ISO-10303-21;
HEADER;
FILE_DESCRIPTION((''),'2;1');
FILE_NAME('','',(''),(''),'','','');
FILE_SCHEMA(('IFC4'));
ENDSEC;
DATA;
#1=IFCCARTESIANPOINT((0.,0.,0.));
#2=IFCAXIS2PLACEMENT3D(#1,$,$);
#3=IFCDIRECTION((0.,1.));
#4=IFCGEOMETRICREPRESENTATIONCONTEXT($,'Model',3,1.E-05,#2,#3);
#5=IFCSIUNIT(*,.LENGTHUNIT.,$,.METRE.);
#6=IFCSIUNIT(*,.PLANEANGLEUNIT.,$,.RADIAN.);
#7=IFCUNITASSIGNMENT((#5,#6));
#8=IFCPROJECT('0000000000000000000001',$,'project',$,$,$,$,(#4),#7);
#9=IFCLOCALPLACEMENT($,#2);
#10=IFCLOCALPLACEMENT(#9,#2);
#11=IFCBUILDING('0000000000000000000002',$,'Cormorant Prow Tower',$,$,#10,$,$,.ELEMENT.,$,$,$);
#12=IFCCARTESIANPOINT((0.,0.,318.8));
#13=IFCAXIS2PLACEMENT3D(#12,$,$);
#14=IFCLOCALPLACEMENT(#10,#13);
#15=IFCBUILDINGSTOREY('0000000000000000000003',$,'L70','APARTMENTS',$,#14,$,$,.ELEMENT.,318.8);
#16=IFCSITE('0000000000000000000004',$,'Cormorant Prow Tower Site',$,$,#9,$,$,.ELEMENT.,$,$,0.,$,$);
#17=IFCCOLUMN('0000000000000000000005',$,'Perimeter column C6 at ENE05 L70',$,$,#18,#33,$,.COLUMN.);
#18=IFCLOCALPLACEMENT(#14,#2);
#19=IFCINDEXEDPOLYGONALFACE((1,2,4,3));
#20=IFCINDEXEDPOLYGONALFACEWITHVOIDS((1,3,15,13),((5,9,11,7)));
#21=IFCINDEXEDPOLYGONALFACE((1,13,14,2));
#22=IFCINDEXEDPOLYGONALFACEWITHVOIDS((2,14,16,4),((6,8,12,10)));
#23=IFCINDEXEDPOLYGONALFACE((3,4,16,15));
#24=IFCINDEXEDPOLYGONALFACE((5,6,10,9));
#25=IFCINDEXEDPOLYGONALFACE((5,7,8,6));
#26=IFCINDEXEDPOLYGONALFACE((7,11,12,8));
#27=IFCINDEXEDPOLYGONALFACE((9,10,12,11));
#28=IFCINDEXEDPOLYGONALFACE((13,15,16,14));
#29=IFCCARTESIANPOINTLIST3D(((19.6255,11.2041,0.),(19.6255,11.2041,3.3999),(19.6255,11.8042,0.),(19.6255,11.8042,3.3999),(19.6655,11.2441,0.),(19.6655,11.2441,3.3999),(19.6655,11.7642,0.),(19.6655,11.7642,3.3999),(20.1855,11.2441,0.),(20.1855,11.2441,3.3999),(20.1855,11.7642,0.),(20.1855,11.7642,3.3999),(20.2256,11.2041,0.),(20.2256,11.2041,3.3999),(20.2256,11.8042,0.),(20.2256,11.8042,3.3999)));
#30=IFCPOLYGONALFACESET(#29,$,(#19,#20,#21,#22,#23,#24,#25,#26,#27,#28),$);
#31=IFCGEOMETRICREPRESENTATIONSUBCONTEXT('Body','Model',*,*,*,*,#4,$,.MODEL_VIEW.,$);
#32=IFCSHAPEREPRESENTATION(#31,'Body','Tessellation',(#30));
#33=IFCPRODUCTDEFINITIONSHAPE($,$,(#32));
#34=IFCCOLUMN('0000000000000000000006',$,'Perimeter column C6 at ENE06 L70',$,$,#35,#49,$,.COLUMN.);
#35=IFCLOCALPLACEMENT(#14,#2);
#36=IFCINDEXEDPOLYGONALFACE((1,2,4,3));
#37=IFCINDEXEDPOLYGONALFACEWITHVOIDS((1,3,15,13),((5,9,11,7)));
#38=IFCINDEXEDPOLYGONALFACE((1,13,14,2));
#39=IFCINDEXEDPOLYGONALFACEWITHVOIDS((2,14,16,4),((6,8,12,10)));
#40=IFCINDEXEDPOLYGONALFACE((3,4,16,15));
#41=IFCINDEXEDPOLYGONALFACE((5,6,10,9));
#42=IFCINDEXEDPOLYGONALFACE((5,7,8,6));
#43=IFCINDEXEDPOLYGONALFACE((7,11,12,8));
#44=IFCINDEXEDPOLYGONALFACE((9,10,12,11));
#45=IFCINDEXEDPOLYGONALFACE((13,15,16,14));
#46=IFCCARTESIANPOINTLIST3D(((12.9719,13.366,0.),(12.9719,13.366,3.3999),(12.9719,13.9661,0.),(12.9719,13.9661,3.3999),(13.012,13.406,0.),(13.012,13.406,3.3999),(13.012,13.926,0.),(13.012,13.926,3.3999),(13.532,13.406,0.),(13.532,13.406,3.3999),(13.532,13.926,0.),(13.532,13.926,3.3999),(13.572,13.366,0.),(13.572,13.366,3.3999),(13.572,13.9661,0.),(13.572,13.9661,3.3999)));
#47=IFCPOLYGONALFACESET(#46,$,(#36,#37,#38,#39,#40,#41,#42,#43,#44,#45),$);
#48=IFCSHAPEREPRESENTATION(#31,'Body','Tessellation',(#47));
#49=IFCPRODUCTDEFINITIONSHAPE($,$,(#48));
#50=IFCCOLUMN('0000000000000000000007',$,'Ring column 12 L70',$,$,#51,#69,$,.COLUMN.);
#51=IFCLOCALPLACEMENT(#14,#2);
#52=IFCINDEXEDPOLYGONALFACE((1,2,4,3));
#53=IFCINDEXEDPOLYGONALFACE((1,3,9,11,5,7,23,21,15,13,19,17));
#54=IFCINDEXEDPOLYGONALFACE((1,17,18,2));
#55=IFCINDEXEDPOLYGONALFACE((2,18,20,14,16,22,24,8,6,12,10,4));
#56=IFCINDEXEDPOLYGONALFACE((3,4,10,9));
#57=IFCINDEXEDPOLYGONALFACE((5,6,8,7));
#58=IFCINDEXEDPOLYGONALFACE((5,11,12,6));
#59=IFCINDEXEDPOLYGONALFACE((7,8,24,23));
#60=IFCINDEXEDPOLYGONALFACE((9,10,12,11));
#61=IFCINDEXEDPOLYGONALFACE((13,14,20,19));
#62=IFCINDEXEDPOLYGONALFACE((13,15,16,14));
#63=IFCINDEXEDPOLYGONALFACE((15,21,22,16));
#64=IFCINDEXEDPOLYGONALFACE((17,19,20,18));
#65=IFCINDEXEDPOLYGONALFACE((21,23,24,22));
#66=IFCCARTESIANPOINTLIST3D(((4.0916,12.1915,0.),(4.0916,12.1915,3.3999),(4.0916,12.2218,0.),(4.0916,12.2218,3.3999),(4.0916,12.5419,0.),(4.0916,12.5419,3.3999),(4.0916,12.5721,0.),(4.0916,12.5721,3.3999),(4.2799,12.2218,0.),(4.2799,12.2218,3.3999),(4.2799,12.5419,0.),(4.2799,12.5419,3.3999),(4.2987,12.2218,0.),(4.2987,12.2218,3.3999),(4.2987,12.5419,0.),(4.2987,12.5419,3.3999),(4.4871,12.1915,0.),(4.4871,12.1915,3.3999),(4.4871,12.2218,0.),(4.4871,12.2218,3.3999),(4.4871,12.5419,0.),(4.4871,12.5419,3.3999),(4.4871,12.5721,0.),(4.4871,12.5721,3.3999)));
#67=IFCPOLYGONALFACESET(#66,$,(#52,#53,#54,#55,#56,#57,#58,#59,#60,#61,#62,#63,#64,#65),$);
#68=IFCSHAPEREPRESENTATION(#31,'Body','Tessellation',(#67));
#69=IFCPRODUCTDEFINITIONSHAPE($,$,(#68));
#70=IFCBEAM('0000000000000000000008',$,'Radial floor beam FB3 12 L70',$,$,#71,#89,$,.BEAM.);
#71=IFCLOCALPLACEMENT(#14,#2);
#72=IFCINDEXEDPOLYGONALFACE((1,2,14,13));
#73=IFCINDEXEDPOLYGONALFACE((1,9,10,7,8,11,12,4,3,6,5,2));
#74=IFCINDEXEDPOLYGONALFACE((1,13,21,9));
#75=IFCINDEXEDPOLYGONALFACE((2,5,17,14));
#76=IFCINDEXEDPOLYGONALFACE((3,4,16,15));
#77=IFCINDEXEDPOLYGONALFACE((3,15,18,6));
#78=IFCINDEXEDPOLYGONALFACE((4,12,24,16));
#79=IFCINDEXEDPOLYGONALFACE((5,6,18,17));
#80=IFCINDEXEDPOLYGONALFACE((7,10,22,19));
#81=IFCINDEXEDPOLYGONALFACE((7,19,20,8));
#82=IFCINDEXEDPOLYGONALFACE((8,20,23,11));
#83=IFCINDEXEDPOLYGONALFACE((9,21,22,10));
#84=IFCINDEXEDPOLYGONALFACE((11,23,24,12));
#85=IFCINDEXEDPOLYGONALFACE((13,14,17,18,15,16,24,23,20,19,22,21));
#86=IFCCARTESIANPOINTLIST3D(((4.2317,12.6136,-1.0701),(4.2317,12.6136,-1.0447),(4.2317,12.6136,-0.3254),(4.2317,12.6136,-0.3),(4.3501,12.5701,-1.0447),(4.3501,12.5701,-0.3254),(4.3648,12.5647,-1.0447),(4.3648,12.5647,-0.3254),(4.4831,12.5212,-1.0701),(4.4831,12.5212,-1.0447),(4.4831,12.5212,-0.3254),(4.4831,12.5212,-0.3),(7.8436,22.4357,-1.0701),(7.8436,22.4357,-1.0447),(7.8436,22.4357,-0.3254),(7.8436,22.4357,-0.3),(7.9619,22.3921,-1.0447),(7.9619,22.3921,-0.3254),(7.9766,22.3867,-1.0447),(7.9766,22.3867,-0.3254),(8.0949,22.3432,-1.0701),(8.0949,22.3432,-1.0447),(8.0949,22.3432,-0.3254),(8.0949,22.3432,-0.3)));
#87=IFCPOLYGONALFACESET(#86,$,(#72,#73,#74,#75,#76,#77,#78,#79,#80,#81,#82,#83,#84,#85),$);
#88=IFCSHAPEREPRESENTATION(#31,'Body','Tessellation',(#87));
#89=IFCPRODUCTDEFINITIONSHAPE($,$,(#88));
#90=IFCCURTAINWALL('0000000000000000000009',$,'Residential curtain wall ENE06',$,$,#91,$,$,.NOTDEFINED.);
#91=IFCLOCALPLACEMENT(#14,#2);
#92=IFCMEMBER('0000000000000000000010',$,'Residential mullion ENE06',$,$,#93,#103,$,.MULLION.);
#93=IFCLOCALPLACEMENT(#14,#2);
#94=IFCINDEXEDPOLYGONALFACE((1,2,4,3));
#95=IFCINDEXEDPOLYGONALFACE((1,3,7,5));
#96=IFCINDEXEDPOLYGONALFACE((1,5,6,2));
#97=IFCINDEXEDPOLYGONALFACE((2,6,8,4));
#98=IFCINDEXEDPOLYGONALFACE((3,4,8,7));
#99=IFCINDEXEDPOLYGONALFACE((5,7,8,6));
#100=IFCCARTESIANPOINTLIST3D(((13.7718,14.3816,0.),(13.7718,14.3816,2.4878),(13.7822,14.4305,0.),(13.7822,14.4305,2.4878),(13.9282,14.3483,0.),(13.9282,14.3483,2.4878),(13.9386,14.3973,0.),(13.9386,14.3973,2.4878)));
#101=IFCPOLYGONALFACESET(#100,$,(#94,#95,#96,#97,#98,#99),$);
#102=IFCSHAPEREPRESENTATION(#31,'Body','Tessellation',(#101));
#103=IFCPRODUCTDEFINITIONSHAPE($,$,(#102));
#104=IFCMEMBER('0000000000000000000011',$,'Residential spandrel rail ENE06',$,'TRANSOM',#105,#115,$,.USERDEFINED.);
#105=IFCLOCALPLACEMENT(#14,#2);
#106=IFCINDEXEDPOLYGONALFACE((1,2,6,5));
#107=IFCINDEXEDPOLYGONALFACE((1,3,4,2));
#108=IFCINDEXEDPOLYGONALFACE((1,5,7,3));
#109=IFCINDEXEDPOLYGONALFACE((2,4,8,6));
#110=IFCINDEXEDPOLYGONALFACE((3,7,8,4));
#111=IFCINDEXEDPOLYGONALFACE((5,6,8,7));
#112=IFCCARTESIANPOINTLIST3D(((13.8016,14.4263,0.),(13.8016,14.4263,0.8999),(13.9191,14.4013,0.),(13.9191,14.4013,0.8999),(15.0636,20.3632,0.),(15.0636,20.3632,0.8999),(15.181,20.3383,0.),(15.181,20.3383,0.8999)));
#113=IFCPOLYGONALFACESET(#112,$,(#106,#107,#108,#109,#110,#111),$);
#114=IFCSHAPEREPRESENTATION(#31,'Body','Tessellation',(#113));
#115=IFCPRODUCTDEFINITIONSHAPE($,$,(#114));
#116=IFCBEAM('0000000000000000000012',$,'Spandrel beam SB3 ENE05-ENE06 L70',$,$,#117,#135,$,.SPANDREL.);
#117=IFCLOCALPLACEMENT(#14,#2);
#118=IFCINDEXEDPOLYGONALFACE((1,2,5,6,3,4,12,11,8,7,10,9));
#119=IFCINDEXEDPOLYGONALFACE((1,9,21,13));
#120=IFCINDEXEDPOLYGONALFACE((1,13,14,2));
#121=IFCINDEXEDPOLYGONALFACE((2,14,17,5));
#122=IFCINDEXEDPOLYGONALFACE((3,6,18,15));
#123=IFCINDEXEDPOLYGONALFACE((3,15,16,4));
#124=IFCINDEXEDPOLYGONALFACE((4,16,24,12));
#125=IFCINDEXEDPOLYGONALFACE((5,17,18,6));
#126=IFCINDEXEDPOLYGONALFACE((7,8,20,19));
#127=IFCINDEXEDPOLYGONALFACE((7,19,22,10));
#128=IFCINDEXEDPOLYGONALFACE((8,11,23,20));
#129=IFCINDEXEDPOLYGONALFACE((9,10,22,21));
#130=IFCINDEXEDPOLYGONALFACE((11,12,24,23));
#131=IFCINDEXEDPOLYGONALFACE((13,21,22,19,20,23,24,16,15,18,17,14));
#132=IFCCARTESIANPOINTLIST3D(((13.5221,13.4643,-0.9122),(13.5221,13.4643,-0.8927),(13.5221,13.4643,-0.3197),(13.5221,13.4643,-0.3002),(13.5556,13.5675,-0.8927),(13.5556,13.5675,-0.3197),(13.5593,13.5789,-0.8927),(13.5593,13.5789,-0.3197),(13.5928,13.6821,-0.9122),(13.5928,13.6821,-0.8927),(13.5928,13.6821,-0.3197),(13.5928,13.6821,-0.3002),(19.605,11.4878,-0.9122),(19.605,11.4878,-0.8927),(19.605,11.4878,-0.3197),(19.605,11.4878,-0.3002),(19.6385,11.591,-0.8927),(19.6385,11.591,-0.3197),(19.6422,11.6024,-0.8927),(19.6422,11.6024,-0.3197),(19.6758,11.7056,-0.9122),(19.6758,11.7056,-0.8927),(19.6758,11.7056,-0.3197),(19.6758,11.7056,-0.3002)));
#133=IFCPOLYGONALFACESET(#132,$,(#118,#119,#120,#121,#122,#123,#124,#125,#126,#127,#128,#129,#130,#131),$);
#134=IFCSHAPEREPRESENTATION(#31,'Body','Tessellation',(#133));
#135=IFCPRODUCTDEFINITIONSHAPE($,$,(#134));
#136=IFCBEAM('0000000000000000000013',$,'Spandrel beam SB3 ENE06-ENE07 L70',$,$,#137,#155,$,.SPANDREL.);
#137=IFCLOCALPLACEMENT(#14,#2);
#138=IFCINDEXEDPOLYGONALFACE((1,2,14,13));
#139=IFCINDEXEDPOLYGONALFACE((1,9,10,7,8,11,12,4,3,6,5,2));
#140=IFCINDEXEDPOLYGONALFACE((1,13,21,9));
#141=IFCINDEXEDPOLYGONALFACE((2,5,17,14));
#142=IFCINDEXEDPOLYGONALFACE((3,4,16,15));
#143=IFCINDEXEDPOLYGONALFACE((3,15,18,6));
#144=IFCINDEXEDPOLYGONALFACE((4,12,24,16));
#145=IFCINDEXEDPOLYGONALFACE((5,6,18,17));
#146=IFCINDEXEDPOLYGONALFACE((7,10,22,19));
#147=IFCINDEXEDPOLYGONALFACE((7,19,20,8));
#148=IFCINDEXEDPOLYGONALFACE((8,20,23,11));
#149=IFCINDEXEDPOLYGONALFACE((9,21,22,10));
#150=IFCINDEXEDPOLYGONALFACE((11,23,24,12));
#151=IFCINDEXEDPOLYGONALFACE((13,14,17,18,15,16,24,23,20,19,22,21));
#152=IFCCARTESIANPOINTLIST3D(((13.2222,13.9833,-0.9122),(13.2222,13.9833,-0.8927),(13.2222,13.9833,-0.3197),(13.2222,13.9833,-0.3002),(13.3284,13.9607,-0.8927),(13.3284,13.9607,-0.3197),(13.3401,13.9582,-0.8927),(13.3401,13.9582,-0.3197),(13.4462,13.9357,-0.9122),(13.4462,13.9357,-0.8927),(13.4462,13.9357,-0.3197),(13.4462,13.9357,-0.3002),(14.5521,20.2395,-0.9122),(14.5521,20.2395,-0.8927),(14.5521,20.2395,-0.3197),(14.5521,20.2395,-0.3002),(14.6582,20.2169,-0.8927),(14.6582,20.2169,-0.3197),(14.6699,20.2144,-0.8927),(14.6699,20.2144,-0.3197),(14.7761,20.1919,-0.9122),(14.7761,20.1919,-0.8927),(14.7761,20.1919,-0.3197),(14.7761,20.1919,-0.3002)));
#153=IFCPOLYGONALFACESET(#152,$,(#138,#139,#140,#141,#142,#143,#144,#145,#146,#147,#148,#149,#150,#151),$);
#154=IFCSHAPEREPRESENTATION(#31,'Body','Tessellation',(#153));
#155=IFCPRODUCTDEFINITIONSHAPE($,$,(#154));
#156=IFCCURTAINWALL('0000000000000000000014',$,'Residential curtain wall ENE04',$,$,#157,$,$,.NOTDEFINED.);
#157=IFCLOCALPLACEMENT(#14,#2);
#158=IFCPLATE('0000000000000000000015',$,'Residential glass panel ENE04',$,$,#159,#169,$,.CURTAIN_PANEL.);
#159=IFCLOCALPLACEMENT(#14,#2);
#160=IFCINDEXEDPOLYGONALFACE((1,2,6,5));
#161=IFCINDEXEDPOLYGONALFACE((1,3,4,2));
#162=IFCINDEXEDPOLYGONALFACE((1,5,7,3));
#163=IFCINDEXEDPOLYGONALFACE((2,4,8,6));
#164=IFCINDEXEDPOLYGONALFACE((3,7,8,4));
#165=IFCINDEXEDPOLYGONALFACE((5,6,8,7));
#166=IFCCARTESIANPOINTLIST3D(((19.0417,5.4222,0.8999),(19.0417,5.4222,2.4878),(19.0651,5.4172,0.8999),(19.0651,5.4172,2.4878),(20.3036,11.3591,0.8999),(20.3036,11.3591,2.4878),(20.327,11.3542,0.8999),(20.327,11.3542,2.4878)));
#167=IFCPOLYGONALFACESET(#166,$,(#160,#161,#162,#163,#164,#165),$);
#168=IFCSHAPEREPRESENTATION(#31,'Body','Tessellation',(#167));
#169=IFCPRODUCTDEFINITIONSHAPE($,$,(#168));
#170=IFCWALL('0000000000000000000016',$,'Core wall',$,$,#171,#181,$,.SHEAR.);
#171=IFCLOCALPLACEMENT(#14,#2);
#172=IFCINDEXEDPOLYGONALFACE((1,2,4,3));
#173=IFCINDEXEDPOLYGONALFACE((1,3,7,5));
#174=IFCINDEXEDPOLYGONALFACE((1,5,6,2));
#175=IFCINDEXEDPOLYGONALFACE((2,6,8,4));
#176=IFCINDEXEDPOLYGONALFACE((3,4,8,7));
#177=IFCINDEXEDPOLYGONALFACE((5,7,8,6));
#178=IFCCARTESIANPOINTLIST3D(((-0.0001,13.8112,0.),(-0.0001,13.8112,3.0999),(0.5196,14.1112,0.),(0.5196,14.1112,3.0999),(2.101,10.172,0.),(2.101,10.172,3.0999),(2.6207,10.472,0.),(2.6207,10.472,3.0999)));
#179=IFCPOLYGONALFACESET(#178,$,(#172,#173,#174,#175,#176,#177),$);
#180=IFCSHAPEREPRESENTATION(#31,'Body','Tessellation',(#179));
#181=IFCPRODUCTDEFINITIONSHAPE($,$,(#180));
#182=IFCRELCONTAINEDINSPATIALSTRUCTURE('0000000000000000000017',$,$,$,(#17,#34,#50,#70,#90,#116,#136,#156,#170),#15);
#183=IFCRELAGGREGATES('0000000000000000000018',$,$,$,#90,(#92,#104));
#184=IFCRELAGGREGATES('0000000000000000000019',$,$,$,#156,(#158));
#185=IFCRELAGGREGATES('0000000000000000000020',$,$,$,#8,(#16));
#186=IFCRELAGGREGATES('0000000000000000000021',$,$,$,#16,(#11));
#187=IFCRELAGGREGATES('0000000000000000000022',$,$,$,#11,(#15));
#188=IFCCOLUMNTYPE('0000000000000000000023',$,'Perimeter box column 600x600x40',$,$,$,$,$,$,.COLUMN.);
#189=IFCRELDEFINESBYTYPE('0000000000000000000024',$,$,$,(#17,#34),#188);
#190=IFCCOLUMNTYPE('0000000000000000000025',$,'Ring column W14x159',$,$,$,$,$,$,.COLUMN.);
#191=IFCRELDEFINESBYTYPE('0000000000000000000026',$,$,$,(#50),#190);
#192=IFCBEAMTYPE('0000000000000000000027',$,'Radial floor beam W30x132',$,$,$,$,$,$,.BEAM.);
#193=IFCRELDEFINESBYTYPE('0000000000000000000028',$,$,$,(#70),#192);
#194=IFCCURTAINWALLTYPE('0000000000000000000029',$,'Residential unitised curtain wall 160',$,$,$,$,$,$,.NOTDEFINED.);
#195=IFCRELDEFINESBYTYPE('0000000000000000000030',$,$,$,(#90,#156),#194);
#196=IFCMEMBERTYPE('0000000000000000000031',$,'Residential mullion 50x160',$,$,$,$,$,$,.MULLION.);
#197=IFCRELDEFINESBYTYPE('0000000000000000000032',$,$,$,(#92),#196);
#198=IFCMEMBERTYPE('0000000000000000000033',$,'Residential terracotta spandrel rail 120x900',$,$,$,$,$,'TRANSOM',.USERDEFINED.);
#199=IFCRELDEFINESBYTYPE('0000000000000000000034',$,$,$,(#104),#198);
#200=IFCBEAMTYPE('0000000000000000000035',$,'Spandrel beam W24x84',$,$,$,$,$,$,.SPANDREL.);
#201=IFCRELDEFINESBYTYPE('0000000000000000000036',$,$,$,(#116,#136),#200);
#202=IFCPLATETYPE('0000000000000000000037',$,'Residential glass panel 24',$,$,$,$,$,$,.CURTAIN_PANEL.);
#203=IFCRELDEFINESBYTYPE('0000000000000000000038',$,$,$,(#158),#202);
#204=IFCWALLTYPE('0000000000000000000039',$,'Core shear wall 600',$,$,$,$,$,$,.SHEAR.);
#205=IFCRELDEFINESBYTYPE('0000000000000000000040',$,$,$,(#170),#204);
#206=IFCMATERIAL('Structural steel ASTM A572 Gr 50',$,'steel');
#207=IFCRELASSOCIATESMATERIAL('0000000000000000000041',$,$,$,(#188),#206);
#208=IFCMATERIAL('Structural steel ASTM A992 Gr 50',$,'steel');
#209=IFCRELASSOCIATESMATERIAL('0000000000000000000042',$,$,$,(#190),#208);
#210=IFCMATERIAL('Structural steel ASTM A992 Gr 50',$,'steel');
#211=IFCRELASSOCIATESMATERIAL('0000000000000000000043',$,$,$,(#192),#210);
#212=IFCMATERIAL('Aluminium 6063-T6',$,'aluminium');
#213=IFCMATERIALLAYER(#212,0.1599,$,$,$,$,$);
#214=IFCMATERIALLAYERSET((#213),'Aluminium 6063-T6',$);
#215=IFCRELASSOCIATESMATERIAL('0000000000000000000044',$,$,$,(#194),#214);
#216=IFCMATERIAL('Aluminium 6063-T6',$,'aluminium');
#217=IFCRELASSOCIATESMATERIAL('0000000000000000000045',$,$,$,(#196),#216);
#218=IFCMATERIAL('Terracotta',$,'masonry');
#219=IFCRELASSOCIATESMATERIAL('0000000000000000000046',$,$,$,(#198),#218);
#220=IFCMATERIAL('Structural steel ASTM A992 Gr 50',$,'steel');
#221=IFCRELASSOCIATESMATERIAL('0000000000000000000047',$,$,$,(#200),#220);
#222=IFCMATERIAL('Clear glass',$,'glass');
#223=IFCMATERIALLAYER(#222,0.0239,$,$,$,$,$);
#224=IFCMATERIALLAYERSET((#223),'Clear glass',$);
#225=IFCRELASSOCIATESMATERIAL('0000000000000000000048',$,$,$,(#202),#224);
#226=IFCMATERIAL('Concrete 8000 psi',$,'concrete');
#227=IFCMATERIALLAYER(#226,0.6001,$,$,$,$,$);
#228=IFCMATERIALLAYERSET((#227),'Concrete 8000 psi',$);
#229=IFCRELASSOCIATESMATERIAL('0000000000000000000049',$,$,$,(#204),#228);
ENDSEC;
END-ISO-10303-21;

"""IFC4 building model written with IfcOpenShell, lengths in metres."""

from ifc_helpers import new_model, si_unit, direction, frame, frame_2d, origin, origin_2d, place, context, subcontext, project, spatial, rectangle, hollow_rectangle, i_section, extrude, material, layer, layer_set, material_profile, profile_set, type_object, element, aggregate, save


model = new_model("IFC4")

# Units and contexts
model_context = context("Model", 3, precision=1e-05, world=origin(), true_north=direction((0.0, 1.0)))
body_context = subcontext(model_context, "Body", "Model", "MODEL_VIEW")
ifc_project = project(units=[si_unit("LENGTHUNIT", "METRE"), si_unit("PLANEANGLEUNIT", "RADIAN")], contexts=[model_context])

# Site, building, storey
site_placement = place(None, origin())
site = spatial("IfcSite", under=ifc_project, at=site_placement, Name="Cormorant Prow Tower Site", CompositionType="ELEMENT", RefElevation=0.0)
building_placement = place(site_placement, origin())
building = spatial("IfcBuilding", under=site, at=building_placement, Name="Cormorant Prow Tower", CompositionType="ELEMENT")
storey_placement = place(building_placement, frame((0.0, 0.0, 318.8)))
storey = spatial("IfcBuildingStorey", under=building, at=storey_placement, Name="L70", Description="APARTMENTS", CompositionType="ELEMENT", Elevation=318.8)

# Columns
ifc_material_1 = material(Name="Structural steel ASTM A572 Gr 50", Category="steel")
ifc_material_profile_1 = material_profile(ifc_material_1, hollow_rectangle(XDim=0.6001, YDim=0.6001, WallThickness=0.04, at=origin_2d()), Name="Box 600x600x40")
ifc_profile_set_1 = profile_set([ifc_material_profile_1], Name="Structural steel ASTM A572 Gr 50")
column_type_1 = type_object("IfcColumnType", Name="Perimeter box column 600x600x40", PredefinedType="COLUMN", material=ifc_profile_set_1)
for number, where, z_axis, x_axis, name in (
    (1, (19.9255, 11.5042, 0.0), (0.0, 0.0, 1.0), (1.0, 0.0, 0.0), "Perimeter column C6 at ENE05 L70"),
    (2, (13.272, 13.666, 0.0), (0.0, 0.0, 1.0), (1.0, 0.0, 0.0), "Perimeter column C6 at ENE06 L70"),
):
    element("IfcColumn", number, at=place(storey_placement, frame(where, z_axis=z_axis, x_axis=x_axis)), inside=storey, type_object=column_type_1, Name=name, PredefinedType="COLUMN", context=body_context, shape_type="SweptSolid", body=[
        extrude(hollow_rectangle(XDim=0.6001, YDim=0.6001, WallThickness=0.04, at=origin_2d()), origin(), (0.0, 0.0, 1.0), 3.3999),
    ])
ifc_material_2 = material(Name="Structural steel ASTM A992 Gr 50", Category="steel")
ifc_material_profile_2 = material_profile(ifc_material_2, i_section(OverallWidth=0.3955, OverallDepth=0.3806, WebThickness=0.0188, FlangeThickness=0.0303, at=origin_2d()), Name="W14x159")
ifc_profile_set_2 = profile_set([ifc_material_profile_2], Name="Structural steel ASTM A992 Gr 50")
column_type_2 = type_object("IfcColumnType", Name="Ring column W14x159", PredefinedType="COLUMN", material=ifc_profile_set_2)
column_placement = place(storey_placement, frame((4.2893, 12.3818, 0.0), z_axis=(0.0, 0.0, 1.0), x_axis=(1.0, 0.0, 0.0)))
element("IfcColumn", 3, at=column_placement, inside=storey, type_object=column_type_2, Name="Ring column 12 L70", PredefinedType="COLUMN", context=body_context, shape_type="SweptSolid", body=[
    extrude(i_section(OverallWidth=0.3955, OverallDepth=0.3806, WebThickness=0.0188, FlangeThickness=0.0303, at=origin_2d()), origin(), (0.0, 0.0, 1.0), 3.3999),
])

# Beam
ifc_material_3 = material(Name="Structural steel ASTM A992 Gr 50", Category="steel")
ifc_material_profile_3 = material_profile(ifc_material_3, i_section(OverallWidth=0.2678, OverallDepth=0.77, WebThickness=0.0156, FlangeThickness=0.0254, at=origin_2d()), Name="W30x132")
ifc_profile_set_3 = profile_set([ifc_material_profile_3], Name="Structural steel ASTM A992 Gr 50")
beam_type_1 = type_object("IfcBeamType", Name="Radial floor beam W30x132", PredefinedType="BEAM", material=ifc_profile_set_3)
beam_placement = place(storey_placement, frame((4.3574, 12.5674, -0.6851), z_axis=(0.345131, 0.938554, 0.0), x_axis=(-0.938554, 0.345131, 0.0)))
element("IfcBeam", 4, at=beam_placement, inside=storey, type_object=beam_type_1, Name="Radial floor beam FB3 12 L70", PredefinedType="BEAM", context=body_context, shape_type="SweptSolid", body=[
    extrude(i_section(OverallWidth=0.2678, OverallDepth=0.77, WebThickness=0.0156, FlangeThickness=0.0254, at=origin_2d()), origin(), (0.0, 0.0, 1.0), 10.4651),
])

# Curtain wall, members
ifc_material_4 = material(Name="Aluminium 6063-T6", Category="aluminium")
ifc_layer_1 = layer(ifc_material_4, 0.1599)
ifc_layer_set_1 = layer_set([ifc_layer_1], Name="Aluminium 6063-T6")
curtain_wall_type = type_object("IfcCurtainWallType", Name="Residential unitised curtain wall 160", PredefinedType="NOTDEFINED", material=ifc_layer_set_1)
curtain_wall_1_placement = place(storey_placement, origin())
curtain_wall_1 = element("IfcCurtainWall", 5, at=curtain_wall_1_placement, inside=storey, type_object=curtain_wall_type, Name="Residential curtain wall ENE06", PredefinedType="NOTDEFINED")
ifc_material_5 = material(Name="Aluminium 6063-T6", Category="aluminium")
ifc_material_profile_4 = material_profile(ifc_material_5, rectangle(XDim=0.1599, YDim=0.05, at=origin_2d()), Name="Residential mullion 50x160")
ifc_profile_set_4 = profile_set([ifc_material_profile_4], Name="Aluminium 6063-T6")
member_type_1 = type_object("IfcMemberType", Name="Residential mullion 50x160", PredefinedType="MULLION", material=ifc_profile_set_4)
member_1_placement = place(storey_placement, frame((13.8552, 14.3894, 0.0), z_axis=(0.0, 0.0, 1.0), x_axis=(-0.978148, 0.207912, 0.0)))
member_1 = element("IfcMember", 6, at=member_1_placement, type_object=member_type_1, Name="Residential mullion ENE06", PredefinedType="MULLION", context=body_context, shape_type="SweptSolid", body=[
    extrude(rectangle(XDim=0.1599, YDim=0.05, at=origin_2d()), origin(), (0.0, 0.0, 1.0), 2.4878),
])
ifc_material_6 = material(Name="Terracotta", Category="masonry")
ifc_material_profile_5 = material_profile(ifc_material_6, rectangle(XDim=0.1201, YDim=0.8999, at=origin_2d()), Name="Residential terracotta spandrel rail 120x900")
ifc_profile_set_5 = profile_set([ifc_material_profile_5], Name="Terracotta")
member_type_2 = type_object("IfcMemberType", Name="Residential terracotta spandrel rail 120x900", ElementType="TRANSOM", PredefinedType="USERDEFINED", material=ifc_profile_set_5)
member_2_placement = place(storey_placement, frame((13.8604, 14.4138, 0.45), z_axis=(0.207914, 0.978147, 0.0), x_axis=(-0.978147, 0.207914, 0.0)))
member_2 = element("IfcMember", 7, at=member_2_placement, type_object=member_type_2, Name="Residential spandrel rail ENE06", ObjectType="TRANSOM", PredefinedType="USERDEFINED", context=body_context, shape_type="SweptSolid", body=[
    extrude(rectangle(XDim=0.1201, YDim=0.8999, at=origin_2d()), origin(), (0.0, 0.0, 1.0), 6.0696),
])
aggregate(curtain_wall_1, [member_1, member_2])

# Beams
ifc_material_7 = material(Name="Structural steel ASTM A992 Gr 50", Category="steel")
ifc_material_profile_6 = material_profile(ifc_material_7, i_section(OverallWidth=0.229, OverallDepth=0.6121, WebThickness=0.012, FlangeThickness=0.0195, at=origin_2d()), Name="W24x84")
ifc_profile_set_6 = profile_set([ifc_material_profile_6], Name="Structural steel ASTM A992 Gr 50")
beam_type_2 = type_object("IfcBeamType", Name="Spandrel beam W24x84", PredefinedType="SPANDREL", material=ifc_profile_set_6)
for number, where, z_axis, x_axis, name in (
    (8, (19.6404, 11.5967, -0.6062), (-0.951053, 0.309027, 0.0), (-0.309027, -0.951053, 0.0), "Spandrel beam SB3 ENE05-ENE06 L70"),
    (9, (13.3342, 13.9595, -0.6062), (0.20792, 0.978146, 0.0), (-0.978146, 0.20792, 0.0), "Spandrel beam SB3 ENE06-ENE07 L70"),
):
    element("IfcBeam", number, at=place(storey_placement, frame(where, z_axis=z_axis, x_axis=x_axis)), inside=storey, type_object=beam_type_2, Name=name, PredefinedType="SPANDREL", context=body_context, shape_type="SweptSolid", body=[
        extrude(i_section(OverallWidth=0.229, OverallDepth=0.6121, WebThickness=0.012, FlangeThickness=0.0195, at=origin_2d()), origin(), (0.0, 0.0, 1.0), 6.396),
    ])

# Curtain wall, plate
curtain_wall_2_placement = place(storey_placement, origin())
curtain_wall_2 = element("IfcCurtainWall", 10, at=curtain_wall_2_placement, inside=storey, type_object=curtain_wall_type, Name="Residential curtain wall ENE04", PredefinedType="NOTDEFINED")
ifc_material_8 = material(Name="Clear glass", Category="glass")
ifc_layer_2 = layer(ifc_material_8, 0.0239)
ifc_layer_set_2 = layer_set([ifc_layer_2], Name="Clear glass")
plate_type = type_object("IfcPlateType", Name="Residential glass panel 24", PredefinedType="CURTAIN_PANEL", material=ifc_layer_set_2)
plate_placement = place(storey_placement, frame((19.6843, 8.3882, 0.8999), z_axis=(0.0, 0.0, 1.0), x_axis=(0.207912, 0.978148, 0.0)))
plate = element("IfcPlate", 11, at=plate_placement, type_object=plate_type, Name="Residential glass panel ENE04", PredefinedType="CURTAIN_PANEL", context=body_context, shape_type="SweptSolid", body=[
    extrude(rectangle(XDim=6.0696, YDim=0.0239, at=origin_2d()), origin(), (0.0, 0.0, 1.0), 1.5879),
])
aggregate(curtain_wall_2, [plate])

# Wall
ifc_material_9 = material(Name="Concrete 8000 psi", Category="concrete")
ifc_layer_3 = layer(ifc_material_9, 0.6001)
ifc_layer_set_3 = layer_set([ifc_layer_3], Name="Concrete 8000 psi")
wall_type_1 = type_object("IfcWallType", Name="Core shear wall 600", PredefinedType="SHEAR", material=ifc_layer_set_3)
wall_1_placement = place(storey_placement, frame((2.3608, 10.322, 0.0), z_axis=(0.0, 0.0, 1.0), x_axis=(-0.500001, 0.866025, 0.0)))
element("IfcWall", 12, at=wall_1_placement, inside=storey, type_object=wall_type_1, Name="Core wall", PredefinedType="SHEAR", context=body_context, shape_type="SweptSolid", body=[
    extrude(rectangle(XDim=4.2021, YDim=0.6001, at=frame_2d((2.1011, 0.0))), origin(), (0.0, 0.0, 1.0), 3.0999),
])

save(model, "model.ifc")
